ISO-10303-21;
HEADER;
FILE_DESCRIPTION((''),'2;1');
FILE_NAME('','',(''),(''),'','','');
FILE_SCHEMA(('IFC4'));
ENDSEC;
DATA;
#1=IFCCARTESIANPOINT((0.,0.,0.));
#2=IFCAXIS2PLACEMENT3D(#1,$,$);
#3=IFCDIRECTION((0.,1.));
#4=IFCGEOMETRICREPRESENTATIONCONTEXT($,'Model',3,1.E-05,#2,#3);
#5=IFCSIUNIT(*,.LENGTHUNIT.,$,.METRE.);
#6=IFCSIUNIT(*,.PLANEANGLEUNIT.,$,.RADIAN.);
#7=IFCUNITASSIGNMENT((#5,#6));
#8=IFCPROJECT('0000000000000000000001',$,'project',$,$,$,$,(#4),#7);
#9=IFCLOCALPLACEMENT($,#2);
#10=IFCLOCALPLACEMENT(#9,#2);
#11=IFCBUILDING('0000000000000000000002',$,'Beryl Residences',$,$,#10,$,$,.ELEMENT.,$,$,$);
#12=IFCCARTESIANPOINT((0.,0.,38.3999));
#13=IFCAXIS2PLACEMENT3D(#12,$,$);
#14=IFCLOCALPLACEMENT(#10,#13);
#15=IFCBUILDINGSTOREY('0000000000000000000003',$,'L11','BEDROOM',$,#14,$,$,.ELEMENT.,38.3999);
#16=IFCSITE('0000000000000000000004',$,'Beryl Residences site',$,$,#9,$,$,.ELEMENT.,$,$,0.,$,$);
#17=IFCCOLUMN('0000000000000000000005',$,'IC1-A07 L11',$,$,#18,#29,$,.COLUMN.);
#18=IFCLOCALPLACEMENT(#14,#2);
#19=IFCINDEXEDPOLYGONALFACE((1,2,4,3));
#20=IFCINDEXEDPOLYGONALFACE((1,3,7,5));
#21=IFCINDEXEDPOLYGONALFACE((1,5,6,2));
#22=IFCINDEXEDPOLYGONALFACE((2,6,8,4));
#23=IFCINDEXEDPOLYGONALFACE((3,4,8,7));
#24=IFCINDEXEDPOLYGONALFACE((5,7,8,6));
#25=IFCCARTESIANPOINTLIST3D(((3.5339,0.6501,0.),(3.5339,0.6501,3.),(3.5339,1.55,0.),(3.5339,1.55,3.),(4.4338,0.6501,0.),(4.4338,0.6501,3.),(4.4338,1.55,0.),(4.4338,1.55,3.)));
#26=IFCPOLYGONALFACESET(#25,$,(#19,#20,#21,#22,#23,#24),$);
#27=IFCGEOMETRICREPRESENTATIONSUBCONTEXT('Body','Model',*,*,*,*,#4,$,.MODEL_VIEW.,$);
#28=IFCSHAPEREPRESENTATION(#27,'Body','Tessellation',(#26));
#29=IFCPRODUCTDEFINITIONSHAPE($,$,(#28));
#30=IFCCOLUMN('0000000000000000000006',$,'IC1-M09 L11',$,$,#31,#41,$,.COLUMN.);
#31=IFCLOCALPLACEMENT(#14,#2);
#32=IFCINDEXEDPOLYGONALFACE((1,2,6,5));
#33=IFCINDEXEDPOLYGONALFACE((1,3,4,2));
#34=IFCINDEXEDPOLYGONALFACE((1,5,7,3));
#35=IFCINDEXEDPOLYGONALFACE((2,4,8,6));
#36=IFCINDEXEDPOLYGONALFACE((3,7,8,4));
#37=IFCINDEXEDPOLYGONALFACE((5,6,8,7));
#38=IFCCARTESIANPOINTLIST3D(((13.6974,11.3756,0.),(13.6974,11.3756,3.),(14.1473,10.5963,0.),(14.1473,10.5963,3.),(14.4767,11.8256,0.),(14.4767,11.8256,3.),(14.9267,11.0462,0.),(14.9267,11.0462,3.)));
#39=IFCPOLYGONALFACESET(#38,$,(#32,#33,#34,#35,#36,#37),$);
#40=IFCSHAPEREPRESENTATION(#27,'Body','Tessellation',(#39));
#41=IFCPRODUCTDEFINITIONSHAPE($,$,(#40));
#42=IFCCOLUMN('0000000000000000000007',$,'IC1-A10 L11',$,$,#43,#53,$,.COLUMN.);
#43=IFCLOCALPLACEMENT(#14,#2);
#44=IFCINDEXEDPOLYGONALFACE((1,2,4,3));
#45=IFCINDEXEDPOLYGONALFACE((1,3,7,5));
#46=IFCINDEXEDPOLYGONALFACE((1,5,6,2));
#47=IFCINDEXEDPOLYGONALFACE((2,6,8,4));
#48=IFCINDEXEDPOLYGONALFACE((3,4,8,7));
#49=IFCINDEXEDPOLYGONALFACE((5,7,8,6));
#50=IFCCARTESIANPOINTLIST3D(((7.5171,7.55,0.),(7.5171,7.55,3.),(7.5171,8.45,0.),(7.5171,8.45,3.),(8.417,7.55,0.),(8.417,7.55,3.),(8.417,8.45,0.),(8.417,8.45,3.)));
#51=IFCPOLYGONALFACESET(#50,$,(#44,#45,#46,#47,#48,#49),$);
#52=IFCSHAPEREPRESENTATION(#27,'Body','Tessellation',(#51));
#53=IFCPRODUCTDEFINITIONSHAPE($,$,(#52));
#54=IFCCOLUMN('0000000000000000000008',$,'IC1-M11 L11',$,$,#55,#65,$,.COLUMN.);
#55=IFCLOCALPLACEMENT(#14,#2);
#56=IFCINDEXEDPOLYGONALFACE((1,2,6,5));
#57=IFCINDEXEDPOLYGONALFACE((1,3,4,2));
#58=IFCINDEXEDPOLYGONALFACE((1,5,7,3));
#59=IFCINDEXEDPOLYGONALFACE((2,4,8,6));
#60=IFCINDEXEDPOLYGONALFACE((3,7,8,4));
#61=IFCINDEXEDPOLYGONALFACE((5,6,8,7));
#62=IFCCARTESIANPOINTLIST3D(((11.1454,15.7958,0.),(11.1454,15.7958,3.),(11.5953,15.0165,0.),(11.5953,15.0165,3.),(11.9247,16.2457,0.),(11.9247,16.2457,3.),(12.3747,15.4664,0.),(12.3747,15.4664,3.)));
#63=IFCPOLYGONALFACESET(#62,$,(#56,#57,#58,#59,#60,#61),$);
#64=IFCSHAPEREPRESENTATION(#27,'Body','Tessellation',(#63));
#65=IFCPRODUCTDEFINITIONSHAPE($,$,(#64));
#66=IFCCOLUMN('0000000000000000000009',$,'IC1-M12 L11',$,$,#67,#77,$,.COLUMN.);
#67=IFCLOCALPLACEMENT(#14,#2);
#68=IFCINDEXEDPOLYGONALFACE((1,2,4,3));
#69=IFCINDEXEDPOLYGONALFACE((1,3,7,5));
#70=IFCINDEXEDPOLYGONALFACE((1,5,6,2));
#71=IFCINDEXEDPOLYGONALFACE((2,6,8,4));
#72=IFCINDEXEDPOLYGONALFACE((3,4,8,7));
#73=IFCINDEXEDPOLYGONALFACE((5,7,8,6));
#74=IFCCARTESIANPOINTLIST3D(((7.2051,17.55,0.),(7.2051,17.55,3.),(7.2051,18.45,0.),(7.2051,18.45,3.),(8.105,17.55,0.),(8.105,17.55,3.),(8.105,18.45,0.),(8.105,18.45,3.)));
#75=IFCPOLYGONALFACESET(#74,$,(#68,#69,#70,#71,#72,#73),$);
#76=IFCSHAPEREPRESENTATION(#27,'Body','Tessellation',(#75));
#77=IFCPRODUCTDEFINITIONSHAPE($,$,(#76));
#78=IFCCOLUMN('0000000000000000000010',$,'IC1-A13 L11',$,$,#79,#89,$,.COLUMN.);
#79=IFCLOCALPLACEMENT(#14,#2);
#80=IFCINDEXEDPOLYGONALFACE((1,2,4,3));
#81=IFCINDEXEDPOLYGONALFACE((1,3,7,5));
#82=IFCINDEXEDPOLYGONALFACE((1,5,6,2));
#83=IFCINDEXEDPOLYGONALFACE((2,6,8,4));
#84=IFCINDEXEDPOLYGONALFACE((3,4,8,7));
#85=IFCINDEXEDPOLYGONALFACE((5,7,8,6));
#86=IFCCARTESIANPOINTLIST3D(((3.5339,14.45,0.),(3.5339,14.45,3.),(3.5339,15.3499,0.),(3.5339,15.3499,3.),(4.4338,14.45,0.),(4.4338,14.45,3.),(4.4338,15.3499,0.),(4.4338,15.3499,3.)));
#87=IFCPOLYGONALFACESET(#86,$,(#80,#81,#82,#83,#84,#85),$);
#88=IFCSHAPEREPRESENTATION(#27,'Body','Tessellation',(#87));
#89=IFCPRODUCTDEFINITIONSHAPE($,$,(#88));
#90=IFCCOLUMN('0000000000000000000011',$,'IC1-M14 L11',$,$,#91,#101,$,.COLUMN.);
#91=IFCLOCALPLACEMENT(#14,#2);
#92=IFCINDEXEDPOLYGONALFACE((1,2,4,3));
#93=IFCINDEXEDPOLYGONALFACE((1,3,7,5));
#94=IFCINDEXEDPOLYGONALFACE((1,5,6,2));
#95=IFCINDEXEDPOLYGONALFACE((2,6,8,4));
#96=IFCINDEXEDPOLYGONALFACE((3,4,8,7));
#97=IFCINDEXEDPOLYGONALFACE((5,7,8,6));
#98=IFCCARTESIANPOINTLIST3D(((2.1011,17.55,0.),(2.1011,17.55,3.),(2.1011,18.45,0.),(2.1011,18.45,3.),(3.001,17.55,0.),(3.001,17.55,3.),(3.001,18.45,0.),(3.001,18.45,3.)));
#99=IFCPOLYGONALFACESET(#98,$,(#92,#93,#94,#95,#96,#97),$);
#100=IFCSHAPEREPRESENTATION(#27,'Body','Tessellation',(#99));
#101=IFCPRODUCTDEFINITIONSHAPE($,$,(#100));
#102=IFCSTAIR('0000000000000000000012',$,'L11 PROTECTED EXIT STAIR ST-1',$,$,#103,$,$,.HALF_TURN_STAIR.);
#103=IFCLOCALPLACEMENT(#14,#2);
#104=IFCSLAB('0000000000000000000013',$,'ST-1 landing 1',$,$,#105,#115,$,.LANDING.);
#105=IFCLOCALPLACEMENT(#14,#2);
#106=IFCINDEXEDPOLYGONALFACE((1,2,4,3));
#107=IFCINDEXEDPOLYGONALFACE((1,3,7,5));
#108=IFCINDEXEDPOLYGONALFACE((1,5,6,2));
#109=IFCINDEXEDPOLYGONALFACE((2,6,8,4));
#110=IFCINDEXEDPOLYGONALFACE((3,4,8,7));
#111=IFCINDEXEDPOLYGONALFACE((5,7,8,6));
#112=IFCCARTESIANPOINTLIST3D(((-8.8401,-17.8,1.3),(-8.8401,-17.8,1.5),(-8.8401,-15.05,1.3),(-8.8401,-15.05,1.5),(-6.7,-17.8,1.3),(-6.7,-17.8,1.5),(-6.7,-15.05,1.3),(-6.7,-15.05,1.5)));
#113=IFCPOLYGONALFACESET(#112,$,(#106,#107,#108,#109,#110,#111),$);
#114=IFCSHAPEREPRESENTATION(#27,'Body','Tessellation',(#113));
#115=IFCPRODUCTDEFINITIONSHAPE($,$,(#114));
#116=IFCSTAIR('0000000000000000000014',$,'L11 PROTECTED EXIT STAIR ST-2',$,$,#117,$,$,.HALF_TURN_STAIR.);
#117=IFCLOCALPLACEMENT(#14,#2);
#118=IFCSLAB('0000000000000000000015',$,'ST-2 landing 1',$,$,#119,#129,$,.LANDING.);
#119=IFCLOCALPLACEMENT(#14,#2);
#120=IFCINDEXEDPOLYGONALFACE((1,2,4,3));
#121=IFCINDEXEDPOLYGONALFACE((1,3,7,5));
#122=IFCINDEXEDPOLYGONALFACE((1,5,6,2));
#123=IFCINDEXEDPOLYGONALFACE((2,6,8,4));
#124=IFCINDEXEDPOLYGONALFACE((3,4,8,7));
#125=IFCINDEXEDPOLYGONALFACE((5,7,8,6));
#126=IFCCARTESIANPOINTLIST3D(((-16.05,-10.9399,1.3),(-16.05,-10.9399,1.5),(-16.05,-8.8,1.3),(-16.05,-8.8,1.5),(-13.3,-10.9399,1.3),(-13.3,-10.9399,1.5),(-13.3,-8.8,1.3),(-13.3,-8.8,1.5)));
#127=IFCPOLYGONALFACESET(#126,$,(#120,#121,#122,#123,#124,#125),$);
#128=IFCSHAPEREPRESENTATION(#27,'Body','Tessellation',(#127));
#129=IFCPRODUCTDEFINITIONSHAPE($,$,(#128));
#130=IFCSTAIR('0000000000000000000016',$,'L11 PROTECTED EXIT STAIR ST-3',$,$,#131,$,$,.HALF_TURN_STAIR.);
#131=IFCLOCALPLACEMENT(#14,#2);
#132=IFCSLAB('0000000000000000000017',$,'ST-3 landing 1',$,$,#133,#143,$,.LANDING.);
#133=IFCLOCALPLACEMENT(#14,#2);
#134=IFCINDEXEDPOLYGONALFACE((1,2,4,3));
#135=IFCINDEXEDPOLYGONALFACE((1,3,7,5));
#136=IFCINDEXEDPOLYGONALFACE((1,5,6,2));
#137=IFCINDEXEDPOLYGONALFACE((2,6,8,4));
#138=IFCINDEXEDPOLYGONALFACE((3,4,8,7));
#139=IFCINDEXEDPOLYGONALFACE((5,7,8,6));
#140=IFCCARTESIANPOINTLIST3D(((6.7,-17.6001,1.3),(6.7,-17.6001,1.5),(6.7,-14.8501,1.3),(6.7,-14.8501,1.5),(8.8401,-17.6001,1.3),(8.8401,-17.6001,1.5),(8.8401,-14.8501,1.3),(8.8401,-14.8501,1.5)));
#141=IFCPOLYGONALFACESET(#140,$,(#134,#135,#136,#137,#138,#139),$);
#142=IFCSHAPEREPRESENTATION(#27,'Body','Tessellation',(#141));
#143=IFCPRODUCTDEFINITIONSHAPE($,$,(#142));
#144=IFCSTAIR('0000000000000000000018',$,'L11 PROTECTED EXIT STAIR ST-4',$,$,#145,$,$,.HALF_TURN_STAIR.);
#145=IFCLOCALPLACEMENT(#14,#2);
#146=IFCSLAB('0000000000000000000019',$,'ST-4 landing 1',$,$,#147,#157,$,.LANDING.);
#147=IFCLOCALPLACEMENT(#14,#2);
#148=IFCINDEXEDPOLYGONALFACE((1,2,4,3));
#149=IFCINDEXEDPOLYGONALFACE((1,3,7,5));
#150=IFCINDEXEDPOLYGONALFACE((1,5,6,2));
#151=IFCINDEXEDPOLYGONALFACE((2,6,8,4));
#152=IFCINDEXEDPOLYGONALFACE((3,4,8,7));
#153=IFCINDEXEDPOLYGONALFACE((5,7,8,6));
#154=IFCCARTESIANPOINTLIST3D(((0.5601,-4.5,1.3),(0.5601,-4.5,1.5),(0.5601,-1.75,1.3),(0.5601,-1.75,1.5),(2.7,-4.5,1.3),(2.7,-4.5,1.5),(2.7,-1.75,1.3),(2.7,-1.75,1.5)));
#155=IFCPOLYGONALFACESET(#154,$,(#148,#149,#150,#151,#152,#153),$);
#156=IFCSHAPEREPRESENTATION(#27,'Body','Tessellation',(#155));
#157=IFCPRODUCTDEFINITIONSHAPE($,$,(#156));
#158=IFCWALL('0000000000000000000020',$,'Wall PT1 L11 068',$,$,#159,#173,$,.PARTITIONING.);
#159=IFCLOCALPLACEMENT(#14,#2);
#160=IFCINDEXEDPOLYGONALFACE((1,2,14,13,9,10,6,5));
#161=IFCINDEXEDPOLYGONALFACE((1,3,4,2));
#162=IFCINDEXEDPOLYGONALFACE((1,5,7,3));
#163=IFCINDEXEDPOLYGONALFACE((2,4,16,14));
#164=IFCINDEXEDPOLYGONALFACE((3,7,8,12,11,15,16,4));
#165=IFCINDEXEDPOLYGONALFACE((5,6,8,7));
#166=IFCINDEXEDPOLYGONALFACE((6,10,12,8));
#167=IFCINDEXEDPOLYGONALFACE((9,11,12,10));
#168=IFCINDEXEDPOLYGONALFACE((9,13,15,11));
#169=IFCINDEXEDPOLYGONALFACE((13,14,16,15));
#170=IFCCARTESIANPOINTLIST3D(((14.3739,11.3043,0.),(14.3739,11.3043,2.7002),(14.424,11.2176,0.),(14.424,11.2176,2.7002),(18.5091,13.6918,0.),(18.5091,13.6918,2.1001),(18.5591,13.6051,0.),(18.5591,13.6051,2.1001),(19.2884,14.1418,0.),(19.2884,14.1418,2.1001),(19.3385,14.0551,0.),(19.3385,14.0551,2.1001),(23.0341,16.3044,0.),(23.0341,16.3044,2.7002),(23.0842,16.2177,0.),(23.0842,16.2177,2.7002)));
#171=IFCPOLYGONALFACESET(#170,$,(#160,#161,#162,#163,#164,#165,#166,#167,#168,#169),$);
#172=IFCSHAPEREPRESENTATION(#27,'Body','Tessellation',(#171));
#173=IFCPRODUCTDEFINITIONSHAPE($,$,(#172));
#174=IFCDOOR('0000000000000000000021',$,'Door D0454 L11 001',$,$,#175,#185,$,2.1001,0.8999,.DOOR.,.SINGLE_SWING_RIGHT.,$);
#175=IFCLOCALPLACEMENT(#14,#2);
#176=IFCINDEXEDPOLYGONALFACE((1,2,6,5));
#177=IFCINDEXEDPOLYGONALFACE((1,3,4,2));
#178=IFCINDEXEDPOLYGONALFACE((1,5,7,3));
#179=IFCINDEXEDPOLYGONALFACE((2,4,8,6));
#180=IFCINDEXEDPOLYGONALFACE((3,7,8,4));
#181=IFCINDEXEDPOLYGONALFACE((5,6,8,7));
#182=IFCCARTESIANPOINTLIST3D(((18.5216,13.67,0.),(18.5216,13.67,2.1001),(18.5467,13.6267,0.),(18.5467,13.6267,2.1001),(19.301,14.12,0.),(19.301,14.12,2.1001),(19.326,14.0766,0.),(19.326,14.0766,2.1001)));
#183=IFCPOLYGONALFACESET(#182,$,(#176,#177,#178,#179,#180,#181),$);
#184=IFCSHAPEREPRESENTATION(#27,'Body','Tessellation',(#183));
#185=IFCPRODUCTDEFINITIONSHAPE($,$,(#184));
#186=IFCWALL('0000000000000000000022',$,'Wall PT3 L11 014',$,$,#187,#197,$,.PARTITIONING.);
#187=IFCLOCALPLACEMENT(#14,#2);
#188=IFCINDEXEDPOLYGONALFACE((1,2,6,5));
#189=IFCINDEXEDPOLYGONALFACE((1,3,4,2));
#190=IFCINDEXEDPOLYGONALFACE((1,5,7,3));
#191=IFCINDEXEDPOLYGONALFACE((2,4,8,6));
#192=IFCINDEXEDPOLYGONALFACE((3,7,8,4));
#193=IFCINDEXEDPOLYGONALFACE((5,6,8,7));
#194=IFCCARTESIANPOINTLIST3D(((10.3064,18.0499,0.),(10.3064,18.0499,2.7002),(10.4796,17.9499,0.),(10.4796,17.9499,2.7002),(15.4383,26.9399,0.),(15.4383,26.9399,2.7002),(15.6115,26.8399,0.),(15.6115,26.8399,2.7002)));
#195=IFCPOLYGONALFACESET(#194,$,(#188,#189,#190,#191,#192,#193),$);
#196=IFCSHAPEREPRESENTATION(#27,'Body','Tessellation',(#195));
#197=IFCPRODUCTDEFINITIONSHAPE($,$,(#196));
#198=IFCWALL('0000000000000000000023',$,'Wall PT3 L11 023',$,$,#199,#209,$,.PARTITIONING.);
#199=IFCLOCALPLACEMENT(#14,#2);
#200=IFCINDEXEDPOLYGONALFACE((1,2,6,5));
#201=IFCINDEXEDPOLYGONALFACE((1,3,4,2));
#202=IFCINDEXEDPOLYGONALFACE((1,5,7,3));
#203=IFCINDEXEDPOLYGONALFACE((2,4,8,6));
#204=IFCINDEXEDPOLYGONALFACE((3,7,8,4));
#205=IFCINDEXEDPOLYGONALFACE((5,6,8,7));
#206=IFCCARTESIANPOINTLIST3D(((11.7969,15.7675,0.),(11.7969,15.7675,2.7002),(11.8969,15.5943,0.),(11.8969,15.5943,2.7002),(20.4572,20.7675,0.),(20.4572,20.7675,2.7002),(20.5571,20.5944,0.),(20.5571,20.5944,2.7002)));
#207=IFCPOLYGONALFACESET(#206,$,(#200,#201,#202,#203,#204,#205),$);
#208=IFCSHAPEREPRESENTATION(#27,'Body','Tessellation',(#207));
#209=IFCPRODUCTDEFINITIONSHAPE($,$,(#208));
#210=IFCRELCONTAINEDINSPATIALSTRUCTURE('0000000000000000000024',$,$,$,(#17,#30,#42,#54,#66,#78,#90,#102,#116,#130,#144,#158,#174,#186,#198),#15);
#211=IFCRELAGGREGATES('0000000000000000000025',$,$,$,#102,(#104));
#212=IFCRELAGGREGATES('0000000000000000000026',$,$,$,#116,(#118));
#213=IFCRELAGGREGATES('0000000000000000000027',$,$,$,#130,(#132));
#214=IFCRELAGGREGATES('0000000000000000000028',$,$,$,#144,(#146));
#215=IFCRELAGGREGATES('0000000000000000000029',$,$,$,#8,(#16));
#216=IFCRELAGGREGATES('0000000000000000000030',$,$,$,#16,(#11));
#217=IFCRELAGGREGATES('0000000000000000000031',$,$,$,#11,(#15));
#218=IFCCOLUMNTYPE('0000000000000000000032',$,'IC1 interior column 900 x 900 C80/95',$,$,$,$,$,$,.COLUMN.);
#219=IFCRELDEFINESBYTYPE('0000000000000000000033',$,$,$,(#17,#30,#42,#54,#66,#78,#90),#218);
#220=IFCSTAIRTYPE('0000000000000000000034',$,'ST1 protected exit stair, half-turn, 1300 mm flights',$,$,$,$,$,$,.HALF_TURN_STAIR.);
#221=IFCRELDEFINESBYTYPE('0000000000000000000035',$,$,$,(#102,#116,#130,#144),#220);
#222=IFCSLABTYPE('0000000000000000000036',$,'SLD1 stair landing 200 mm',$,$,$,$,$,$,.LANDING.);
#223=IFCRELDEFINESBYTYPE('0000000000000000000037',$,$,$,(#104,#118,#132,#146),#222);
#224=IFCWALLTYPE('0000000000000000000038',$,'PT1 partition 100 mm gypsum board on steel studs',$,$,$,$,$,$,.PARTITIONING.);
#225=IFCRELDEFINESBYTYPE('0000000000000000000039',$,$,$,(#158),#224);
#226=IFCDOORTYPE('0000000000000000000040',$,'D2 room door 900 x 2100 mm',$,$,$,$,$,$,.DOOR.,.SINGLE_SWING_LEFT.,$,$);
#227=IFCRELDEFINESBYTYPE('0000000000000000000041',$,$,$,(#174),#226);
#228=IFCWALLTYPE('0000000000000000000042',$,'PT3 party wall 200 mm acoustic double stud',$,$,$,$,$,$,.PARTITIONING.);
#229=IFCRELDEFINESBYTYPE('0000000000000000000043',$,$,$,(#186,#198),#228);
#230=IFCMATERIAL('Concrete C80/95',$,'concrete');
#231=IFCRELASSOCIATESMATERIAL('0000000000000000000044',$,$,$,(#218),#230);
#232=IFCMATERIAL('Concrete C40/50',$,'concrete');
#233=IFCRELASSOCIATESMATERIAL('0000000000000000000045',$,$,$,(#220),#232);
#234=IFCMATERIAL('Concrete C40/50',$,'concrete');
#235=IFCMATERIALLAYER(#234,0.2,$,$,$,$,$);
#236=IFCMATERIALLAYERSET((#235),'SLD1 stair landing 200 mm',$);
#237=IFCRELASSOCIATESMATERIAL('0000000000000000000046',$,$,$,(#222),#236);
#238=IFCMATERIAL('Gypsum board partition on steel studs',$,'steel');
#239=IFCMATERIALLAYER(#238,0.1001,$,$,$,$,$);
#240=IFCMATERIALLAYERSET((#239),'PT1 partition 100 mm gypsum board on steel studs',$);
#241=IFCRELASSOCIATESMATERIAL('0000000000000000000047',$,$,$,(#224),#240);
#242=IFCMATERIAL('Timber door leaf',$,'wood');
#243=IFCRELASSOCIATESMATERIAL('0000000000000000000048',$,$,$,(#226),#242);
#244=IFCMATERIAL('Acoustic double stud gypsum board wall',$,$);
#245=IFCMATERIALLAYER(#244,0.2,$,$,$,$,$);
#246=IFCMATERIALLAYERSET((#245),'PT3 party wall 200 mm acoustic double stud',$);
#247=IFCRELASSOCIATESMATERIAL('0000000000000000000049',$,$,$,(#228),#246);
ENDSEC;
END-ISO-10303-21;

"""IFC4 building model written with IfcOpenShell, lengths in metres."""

from ifc_helpers import new_model, si_unit, direction, frame, frame_2d, origin, origin_2d, place, context, subcontext, project, spatial, polyline, rectangle, outline, extrude, material, layer, layer_set, material_profile, profile_set, type_object, element, fill, aggregate, save


model = new_model("IFC4")

# Units and contexts
model_context = context("Model", 3, precision=1e-05, world=origin(), true_north=direction((0.0, 1.0)))
body_context = subcontext(model_context, "Body", "Model", "MODEL_VIEW")
ifc_project = project(units=[si_unit("LENGTHUNIT", "METRE"), si_unit("PLANEANGLEUNIT", "RADIAN")], contexts=[model_context])

# Site, building, storey
site_placement = place(None, origin())
site = spatial("IfcSite", under=ifc_project, at=site_placement, Name="Beryl Residences site", CompositionType="ELEMENT", RefElevation=0.0)
building_placement = place(site_placement, origin())
building = spatial("IfcBuilding", under=site, at=building_placement, Name="Beryl Residences", CompositionType="ELEMENT")
storey_placement = place(building_placement, frame((0.0, 0.0, 38.3999)))
storey = spatial("IfcBuildingStorey", under=building, at=storey_placement, Name="L11", Description="BEDROOM", CompositionType="ELEMENT", Elevation=38.3999)

# Columns
ifc_material_1 = material(Name="Concrete C80/95", Category="concrete")
ifc_material_profile = material_profile(ifc_material_1, rectangle(XDim=0.8999, YDim=0.8999, at=origin_2d()))
ifc_profile_set = profile_set([ifc_material_profile], Name="Concrete C80/95")
column_type = type_object("IfcColumnType", Name="IC1 interior column 900 x 900 C80/95", PredefinedType="COLUMN", material=ifc_profile_set)
for number, where, z_axis, x_axis, name in (
    (1, (3.9839, 1.1001, 0.0), (0.0, 0.0, 1.0), (1.0, 0.0, 0.0), "IC1-A07 L11"),
    (2, (14.312, 11.2109, 0.0), (0.0, 0.0, 1.0), (-0.499985, 0.866034, 0.0), "IC1-M09 L11"),
    (3, (7.967, 8.0, 0.0), (0.0, 0.0, 1.0), (1.0, 0.0, 0.0), "IC1-A10 L11"),
    (4, (11.76, 15.6311, 0.0), (0.0, 0.0, 1.0), (-0.499985, 0.866034, 0.0), "IC1-M11 L11"),
    (5, (7.655, 18.0, 0.0), (0.0, 0.0, 1.0), (-1.0, 0.0, 0.0), "IC1-M12 L11"),
    (6, (3.9839, 14.8999, 0.0), (0.0, 0.0, 1.0), (1.0, 0.0, 0.0), "IC1-A13 L11"),
    (7, (2.551, 18.0, 0.0), (0.0, 0.0, 1.0), (-1.0, 0.0, 0.0), "IC1-M14 L11"),
):
    element("IfcColumn", number, at=place(storey_placement, frame(where, z_axis=z_axis, x_axis=x_axis)), inside=storey, type_object=column_type, Name=name, PredefinedType="COLUMN", context=body_context, shape_type="SweptSolid", body=[
        extrude(rectangle(XDim=0.8999, YDim=0.8999, at=origin_2d()), origin(), (0.0, 0.0, 1.0), 3.0),
    ])

# Stairs, slabs
ifc_material_2 = material(Name="Concrete C40/50", Category="concrete")
stair_type = type_object("IfcStairType", Name="ST1 protected exit stair, half-turn, 1300 mm flights", PredefinedType="HALF_TURN_STAIR", material=ifc_material_2)
stair_1_placement = place(storey_placement, origin())
stair_1 = element("IfcStair", 8, at=stair_1_placement, inside=storey, type_object=stair_type, Name="L11 PROTECTED EXIT STAIR ST-1", PredefinedType="HALF_TURN_STAIR")
ifc_material_3 = material(Name="Concrete C40/50", Category="concrete")
ifc_layer_1 = layer(ifc_material_3, 0.2)
ifc_layer_set_1 = layer_set([ifc_layer_1], Name="SLD1 stair landing 200 mm")
slab_type_1 = type_object("IfcSlabType", Name="SLD1 stair landing 200 mm", PredefinedType="LANDING", material=ifc_layer_set_1)
slab_1_placement = place(storey_placement, frame((0.0, 0.0, 1.3)))
slab_1 = element("IfcSlab", 9, at=slab_1_placement, type_object=slab_type_1, Name="ST-1 landing 1", PredefinedType="LANDING", context=body_context, shape_type="SweptSolid", body=[
    extrude(outline(polyline([(-8.8401, -17.8), (-6.7, -17.8), (-6.7, -15.05), (-8.8401, -15.05), (-8.8401, -17.8)])), origin(), (0.0, 0.0, 1.0), 0.2),
])
aggregate(stair_1, [slab_1])
stair_2_placement = place(storey_placement, origin())
stair_2 = element("IfcStair", 10, at=stair_2_placement, inside=storey, type_object=stair_type, Name="L11 PROTECTED EXIT STAIR ST-2", PredefinedType="HALF_TURN_STAIR")
slab_2_placement = place(storey_placement, frame((0.0, 0.0, 1.3)))
slab_2 = element("IfcSlab", 11, at=slab_2_placement, type_object=slab_type_1, Name="ST-2 landing 1", PredefinedType="LANDING", context=body_context, shape_type="SweptSolid", body=[
    extrude(outline(polyline([(-13.3, -10.9399), (-13.3, -8.8), (-16.05, -8.8), (-16.05, -10.9399), (-13.3, -10.9399)])), origin(), (0.0, 0.0, 1.0), 0.2),
])
aggregate(stair_2, [slab_2])
stair_3_placement = place(storey_placement, origin())
stair_3 = element("IfcStair", 12, at=stair_3_placement, inside=storey, type_object=stair_type, Name="L11 PROTECTED EXIT STAIR ST-3", PredefinedType="HALF_TURN_STAIR")
slab_3_placement = place(storey_placement, frame((0.0, 0.0, 1.3)))
slab_3 = element("IfcSlab", 13, at=slab_3_placement, type_object=slab_type_1, Name="ST-3 landing 1", PredefinedType="LANDING", context=body_context, shape_type="SweptSolid", body=[
    extrude(outline(polyline([(8.8401, -14.8501), (6.7, -14.8501), (6.7, -17.6001), (8.8401, -17.6001), (8.8401, -14.8501)])), origin(), (0.0, 0.0, 1.0), 0.2),
])
aggregate(stair_3, [slab_3])
stair_4_placement = place(storey_placement, origin())
stair_4 = element("IfcStair", 14, at=stair_4_placement, inside=storey, type_object=stair_type, Name="L11 PROTECTED EXIT STAIR ST-4", PredefinedType="HALF_TURN_STAIR")
slab_4_placement = place(storey_placement, frame((0.0, 0.0, 1.3)))
slab_4 = element("IfcSlab", 15, at=slab_4_placement, type_object=slab_type_1, Name="ST-4 landing 1", PredefinedType="LANDING", context=body_context, shape_type="SweptSolid", body=[
    extrude(outline(polyline([(0.5601, -4.5), (2.7, -4.5), (2.7, -1.75), (0.5601, -1.75), (0.5601, -4.5)])), origin(), (0.0, 0.0, 1.0), 0.2),
])
aggregate(stair_4, [slab_4])

# Wall, opening, door
ifc_material_4 = material(Name="Gypsum board partition on steel studs", Category="steel")
ifc_layer_2 = layer(ifc_material_4, 0.1001)
ifc_layer_set_2 = layer_set([ifc_layer_2], Name="PT1 partition 100 mm gypsum board on steel studs")
wall_type_1 = type_object("IfcWallType", Name="PT1 partition 100 mm gypsum board on steel studs", PredefinedType="PARTITIONING", material=ifc_layer_set_2)
wall_1_placement = place(storey_placement, frame((14.3989, 11.261, 0.0), z_axis=(0.0, 0.0, 1.0), x_axis=(0.866023, 0.500004, 0.0)))
wall_1 = element("IfcWall", 16, at=wall_1_placement, inside=storey, type_object=wall_type_1, Name="Wall PT1 L11 068", PredefinedType="PARTITIONING", context=body_context, shape_type="SweptSolid", body=[
    extrude(rectangle(XDim=10.0, YDim=0.1001, at=frame_2d((5.0, 0.0))), origin(), (0.0, 0.0, 1.0), 2.7002),
])
opening_1_placement = place(wall_1_placement, frame((4.7749, 0.0, 0.0)))
opening_1 = element("IfcOpeningElement", 17, at=opening_1_placement, cuts=wall_1, PredefinedType="OPENING", context=body_context, shape_type="SweptSolid", body=[
    extrude(rectangle(XDim=0.8999, YDim=2.1001, at=frame_2d((0.45, 1.05))), frame((0.0, 0.0601, 0.0), z_axis=(0.0, -1.0, 0.0), x_axis=(1.0, 0.0, 0.0)), (0.0, 0.0, 1.0), 0.1201),
])
ifc_material_5 = material(Name="Timber door leaf", Category="wood")
door_type_1 = type_object("IfcDoorType", Name="D2 room door 900 x 2100 mm", OperationType="SINGLE_SWING_LEFT", PredefinedType="DOOR", material=ifc_material_5)
door_1_placement = place(opening_1_placement, origin())
door_1 = element("IfcDoor", 18, at=door_1_placement, inside=storey, type_object=door_type_1, Name="Door D0454 L11 001", OperationType="SINGLE_SWING_RIGHT", OverallHeight=2.1001, OverallWidth=0.8999, PredefinedType="DOOR", context=body_context, shape_type="SweptSolid", body=[
    extrude(rectangle(XDim=0.8999, YDim=2.1001, at=frame_2d((0.45, 1.05))), frame((0.0, 0.0249, 0.0), z_axis=(0.0, -1.0, 0.0), x_axis=(1.0, 0.0, 0.0)), (0.0, 0.0, 1.0), 0.05),
])
fill(opening_1, door_1)

# Walls
ifc_material_6 = material(Name="Acoustic double stud gypsum board wall")
ifc_layer_3 = layer(ifc_material_6, 0.2)
ifc_layer_set_3 = layer_set([ifc_layer_3], Name="PT3 party wall 200 mm acoustic double stud")
wall_type_2 = type_object("IfcWallType", Name="PT3 party wall 200 mm acoustic double stud", PredefinedType="PARTITIONING", material=ifc_layer_set_3)
wall_2_placement = place(storey_placement, frame((10.3931, 18.0, 0.0), z_axis=(0.0, 0.0, 1.0), x_axis=(0.499945, 0.866057, 0.0)))
element("IfcWall", 19, at=wall_2_placement, inside=storey, type_object=wall_type_2, Name="Wall PT3 L11 014", PredefinedType="PARTITIONING", context=body_context, shape_type="SweptSolid", body=[
    extrude(rectangle(XDim=10.2649, YDim=0.2, at=frame_2d((5.1323, 0.0))), origin(), (0.0, 0.0, 1.0), 2.7002),
])
wall_3_placement = place(storey_placement, frame((11.8469, 15.6809, 0.0), z_axis=(0.0, 0.0, 1.0), x_axis=(0.866023, 0.500004, 0.0)))
element("IfcWall", 20, at=wall_3_placement, inside=storey, type_object=wall_type_2, Name="Wall PT3 L11 023", PredefinedType="PARTITIONING", context=body_context, shape_type="SweptSolid", body=[
    extrude(rectangle(XDim=10.0, YDim=0.2, at=frame_2d((5.0, 0.0))), origin(), (0.0, 0.0, 1.0), 2.7002),
])

save(model, "model.ifc")
